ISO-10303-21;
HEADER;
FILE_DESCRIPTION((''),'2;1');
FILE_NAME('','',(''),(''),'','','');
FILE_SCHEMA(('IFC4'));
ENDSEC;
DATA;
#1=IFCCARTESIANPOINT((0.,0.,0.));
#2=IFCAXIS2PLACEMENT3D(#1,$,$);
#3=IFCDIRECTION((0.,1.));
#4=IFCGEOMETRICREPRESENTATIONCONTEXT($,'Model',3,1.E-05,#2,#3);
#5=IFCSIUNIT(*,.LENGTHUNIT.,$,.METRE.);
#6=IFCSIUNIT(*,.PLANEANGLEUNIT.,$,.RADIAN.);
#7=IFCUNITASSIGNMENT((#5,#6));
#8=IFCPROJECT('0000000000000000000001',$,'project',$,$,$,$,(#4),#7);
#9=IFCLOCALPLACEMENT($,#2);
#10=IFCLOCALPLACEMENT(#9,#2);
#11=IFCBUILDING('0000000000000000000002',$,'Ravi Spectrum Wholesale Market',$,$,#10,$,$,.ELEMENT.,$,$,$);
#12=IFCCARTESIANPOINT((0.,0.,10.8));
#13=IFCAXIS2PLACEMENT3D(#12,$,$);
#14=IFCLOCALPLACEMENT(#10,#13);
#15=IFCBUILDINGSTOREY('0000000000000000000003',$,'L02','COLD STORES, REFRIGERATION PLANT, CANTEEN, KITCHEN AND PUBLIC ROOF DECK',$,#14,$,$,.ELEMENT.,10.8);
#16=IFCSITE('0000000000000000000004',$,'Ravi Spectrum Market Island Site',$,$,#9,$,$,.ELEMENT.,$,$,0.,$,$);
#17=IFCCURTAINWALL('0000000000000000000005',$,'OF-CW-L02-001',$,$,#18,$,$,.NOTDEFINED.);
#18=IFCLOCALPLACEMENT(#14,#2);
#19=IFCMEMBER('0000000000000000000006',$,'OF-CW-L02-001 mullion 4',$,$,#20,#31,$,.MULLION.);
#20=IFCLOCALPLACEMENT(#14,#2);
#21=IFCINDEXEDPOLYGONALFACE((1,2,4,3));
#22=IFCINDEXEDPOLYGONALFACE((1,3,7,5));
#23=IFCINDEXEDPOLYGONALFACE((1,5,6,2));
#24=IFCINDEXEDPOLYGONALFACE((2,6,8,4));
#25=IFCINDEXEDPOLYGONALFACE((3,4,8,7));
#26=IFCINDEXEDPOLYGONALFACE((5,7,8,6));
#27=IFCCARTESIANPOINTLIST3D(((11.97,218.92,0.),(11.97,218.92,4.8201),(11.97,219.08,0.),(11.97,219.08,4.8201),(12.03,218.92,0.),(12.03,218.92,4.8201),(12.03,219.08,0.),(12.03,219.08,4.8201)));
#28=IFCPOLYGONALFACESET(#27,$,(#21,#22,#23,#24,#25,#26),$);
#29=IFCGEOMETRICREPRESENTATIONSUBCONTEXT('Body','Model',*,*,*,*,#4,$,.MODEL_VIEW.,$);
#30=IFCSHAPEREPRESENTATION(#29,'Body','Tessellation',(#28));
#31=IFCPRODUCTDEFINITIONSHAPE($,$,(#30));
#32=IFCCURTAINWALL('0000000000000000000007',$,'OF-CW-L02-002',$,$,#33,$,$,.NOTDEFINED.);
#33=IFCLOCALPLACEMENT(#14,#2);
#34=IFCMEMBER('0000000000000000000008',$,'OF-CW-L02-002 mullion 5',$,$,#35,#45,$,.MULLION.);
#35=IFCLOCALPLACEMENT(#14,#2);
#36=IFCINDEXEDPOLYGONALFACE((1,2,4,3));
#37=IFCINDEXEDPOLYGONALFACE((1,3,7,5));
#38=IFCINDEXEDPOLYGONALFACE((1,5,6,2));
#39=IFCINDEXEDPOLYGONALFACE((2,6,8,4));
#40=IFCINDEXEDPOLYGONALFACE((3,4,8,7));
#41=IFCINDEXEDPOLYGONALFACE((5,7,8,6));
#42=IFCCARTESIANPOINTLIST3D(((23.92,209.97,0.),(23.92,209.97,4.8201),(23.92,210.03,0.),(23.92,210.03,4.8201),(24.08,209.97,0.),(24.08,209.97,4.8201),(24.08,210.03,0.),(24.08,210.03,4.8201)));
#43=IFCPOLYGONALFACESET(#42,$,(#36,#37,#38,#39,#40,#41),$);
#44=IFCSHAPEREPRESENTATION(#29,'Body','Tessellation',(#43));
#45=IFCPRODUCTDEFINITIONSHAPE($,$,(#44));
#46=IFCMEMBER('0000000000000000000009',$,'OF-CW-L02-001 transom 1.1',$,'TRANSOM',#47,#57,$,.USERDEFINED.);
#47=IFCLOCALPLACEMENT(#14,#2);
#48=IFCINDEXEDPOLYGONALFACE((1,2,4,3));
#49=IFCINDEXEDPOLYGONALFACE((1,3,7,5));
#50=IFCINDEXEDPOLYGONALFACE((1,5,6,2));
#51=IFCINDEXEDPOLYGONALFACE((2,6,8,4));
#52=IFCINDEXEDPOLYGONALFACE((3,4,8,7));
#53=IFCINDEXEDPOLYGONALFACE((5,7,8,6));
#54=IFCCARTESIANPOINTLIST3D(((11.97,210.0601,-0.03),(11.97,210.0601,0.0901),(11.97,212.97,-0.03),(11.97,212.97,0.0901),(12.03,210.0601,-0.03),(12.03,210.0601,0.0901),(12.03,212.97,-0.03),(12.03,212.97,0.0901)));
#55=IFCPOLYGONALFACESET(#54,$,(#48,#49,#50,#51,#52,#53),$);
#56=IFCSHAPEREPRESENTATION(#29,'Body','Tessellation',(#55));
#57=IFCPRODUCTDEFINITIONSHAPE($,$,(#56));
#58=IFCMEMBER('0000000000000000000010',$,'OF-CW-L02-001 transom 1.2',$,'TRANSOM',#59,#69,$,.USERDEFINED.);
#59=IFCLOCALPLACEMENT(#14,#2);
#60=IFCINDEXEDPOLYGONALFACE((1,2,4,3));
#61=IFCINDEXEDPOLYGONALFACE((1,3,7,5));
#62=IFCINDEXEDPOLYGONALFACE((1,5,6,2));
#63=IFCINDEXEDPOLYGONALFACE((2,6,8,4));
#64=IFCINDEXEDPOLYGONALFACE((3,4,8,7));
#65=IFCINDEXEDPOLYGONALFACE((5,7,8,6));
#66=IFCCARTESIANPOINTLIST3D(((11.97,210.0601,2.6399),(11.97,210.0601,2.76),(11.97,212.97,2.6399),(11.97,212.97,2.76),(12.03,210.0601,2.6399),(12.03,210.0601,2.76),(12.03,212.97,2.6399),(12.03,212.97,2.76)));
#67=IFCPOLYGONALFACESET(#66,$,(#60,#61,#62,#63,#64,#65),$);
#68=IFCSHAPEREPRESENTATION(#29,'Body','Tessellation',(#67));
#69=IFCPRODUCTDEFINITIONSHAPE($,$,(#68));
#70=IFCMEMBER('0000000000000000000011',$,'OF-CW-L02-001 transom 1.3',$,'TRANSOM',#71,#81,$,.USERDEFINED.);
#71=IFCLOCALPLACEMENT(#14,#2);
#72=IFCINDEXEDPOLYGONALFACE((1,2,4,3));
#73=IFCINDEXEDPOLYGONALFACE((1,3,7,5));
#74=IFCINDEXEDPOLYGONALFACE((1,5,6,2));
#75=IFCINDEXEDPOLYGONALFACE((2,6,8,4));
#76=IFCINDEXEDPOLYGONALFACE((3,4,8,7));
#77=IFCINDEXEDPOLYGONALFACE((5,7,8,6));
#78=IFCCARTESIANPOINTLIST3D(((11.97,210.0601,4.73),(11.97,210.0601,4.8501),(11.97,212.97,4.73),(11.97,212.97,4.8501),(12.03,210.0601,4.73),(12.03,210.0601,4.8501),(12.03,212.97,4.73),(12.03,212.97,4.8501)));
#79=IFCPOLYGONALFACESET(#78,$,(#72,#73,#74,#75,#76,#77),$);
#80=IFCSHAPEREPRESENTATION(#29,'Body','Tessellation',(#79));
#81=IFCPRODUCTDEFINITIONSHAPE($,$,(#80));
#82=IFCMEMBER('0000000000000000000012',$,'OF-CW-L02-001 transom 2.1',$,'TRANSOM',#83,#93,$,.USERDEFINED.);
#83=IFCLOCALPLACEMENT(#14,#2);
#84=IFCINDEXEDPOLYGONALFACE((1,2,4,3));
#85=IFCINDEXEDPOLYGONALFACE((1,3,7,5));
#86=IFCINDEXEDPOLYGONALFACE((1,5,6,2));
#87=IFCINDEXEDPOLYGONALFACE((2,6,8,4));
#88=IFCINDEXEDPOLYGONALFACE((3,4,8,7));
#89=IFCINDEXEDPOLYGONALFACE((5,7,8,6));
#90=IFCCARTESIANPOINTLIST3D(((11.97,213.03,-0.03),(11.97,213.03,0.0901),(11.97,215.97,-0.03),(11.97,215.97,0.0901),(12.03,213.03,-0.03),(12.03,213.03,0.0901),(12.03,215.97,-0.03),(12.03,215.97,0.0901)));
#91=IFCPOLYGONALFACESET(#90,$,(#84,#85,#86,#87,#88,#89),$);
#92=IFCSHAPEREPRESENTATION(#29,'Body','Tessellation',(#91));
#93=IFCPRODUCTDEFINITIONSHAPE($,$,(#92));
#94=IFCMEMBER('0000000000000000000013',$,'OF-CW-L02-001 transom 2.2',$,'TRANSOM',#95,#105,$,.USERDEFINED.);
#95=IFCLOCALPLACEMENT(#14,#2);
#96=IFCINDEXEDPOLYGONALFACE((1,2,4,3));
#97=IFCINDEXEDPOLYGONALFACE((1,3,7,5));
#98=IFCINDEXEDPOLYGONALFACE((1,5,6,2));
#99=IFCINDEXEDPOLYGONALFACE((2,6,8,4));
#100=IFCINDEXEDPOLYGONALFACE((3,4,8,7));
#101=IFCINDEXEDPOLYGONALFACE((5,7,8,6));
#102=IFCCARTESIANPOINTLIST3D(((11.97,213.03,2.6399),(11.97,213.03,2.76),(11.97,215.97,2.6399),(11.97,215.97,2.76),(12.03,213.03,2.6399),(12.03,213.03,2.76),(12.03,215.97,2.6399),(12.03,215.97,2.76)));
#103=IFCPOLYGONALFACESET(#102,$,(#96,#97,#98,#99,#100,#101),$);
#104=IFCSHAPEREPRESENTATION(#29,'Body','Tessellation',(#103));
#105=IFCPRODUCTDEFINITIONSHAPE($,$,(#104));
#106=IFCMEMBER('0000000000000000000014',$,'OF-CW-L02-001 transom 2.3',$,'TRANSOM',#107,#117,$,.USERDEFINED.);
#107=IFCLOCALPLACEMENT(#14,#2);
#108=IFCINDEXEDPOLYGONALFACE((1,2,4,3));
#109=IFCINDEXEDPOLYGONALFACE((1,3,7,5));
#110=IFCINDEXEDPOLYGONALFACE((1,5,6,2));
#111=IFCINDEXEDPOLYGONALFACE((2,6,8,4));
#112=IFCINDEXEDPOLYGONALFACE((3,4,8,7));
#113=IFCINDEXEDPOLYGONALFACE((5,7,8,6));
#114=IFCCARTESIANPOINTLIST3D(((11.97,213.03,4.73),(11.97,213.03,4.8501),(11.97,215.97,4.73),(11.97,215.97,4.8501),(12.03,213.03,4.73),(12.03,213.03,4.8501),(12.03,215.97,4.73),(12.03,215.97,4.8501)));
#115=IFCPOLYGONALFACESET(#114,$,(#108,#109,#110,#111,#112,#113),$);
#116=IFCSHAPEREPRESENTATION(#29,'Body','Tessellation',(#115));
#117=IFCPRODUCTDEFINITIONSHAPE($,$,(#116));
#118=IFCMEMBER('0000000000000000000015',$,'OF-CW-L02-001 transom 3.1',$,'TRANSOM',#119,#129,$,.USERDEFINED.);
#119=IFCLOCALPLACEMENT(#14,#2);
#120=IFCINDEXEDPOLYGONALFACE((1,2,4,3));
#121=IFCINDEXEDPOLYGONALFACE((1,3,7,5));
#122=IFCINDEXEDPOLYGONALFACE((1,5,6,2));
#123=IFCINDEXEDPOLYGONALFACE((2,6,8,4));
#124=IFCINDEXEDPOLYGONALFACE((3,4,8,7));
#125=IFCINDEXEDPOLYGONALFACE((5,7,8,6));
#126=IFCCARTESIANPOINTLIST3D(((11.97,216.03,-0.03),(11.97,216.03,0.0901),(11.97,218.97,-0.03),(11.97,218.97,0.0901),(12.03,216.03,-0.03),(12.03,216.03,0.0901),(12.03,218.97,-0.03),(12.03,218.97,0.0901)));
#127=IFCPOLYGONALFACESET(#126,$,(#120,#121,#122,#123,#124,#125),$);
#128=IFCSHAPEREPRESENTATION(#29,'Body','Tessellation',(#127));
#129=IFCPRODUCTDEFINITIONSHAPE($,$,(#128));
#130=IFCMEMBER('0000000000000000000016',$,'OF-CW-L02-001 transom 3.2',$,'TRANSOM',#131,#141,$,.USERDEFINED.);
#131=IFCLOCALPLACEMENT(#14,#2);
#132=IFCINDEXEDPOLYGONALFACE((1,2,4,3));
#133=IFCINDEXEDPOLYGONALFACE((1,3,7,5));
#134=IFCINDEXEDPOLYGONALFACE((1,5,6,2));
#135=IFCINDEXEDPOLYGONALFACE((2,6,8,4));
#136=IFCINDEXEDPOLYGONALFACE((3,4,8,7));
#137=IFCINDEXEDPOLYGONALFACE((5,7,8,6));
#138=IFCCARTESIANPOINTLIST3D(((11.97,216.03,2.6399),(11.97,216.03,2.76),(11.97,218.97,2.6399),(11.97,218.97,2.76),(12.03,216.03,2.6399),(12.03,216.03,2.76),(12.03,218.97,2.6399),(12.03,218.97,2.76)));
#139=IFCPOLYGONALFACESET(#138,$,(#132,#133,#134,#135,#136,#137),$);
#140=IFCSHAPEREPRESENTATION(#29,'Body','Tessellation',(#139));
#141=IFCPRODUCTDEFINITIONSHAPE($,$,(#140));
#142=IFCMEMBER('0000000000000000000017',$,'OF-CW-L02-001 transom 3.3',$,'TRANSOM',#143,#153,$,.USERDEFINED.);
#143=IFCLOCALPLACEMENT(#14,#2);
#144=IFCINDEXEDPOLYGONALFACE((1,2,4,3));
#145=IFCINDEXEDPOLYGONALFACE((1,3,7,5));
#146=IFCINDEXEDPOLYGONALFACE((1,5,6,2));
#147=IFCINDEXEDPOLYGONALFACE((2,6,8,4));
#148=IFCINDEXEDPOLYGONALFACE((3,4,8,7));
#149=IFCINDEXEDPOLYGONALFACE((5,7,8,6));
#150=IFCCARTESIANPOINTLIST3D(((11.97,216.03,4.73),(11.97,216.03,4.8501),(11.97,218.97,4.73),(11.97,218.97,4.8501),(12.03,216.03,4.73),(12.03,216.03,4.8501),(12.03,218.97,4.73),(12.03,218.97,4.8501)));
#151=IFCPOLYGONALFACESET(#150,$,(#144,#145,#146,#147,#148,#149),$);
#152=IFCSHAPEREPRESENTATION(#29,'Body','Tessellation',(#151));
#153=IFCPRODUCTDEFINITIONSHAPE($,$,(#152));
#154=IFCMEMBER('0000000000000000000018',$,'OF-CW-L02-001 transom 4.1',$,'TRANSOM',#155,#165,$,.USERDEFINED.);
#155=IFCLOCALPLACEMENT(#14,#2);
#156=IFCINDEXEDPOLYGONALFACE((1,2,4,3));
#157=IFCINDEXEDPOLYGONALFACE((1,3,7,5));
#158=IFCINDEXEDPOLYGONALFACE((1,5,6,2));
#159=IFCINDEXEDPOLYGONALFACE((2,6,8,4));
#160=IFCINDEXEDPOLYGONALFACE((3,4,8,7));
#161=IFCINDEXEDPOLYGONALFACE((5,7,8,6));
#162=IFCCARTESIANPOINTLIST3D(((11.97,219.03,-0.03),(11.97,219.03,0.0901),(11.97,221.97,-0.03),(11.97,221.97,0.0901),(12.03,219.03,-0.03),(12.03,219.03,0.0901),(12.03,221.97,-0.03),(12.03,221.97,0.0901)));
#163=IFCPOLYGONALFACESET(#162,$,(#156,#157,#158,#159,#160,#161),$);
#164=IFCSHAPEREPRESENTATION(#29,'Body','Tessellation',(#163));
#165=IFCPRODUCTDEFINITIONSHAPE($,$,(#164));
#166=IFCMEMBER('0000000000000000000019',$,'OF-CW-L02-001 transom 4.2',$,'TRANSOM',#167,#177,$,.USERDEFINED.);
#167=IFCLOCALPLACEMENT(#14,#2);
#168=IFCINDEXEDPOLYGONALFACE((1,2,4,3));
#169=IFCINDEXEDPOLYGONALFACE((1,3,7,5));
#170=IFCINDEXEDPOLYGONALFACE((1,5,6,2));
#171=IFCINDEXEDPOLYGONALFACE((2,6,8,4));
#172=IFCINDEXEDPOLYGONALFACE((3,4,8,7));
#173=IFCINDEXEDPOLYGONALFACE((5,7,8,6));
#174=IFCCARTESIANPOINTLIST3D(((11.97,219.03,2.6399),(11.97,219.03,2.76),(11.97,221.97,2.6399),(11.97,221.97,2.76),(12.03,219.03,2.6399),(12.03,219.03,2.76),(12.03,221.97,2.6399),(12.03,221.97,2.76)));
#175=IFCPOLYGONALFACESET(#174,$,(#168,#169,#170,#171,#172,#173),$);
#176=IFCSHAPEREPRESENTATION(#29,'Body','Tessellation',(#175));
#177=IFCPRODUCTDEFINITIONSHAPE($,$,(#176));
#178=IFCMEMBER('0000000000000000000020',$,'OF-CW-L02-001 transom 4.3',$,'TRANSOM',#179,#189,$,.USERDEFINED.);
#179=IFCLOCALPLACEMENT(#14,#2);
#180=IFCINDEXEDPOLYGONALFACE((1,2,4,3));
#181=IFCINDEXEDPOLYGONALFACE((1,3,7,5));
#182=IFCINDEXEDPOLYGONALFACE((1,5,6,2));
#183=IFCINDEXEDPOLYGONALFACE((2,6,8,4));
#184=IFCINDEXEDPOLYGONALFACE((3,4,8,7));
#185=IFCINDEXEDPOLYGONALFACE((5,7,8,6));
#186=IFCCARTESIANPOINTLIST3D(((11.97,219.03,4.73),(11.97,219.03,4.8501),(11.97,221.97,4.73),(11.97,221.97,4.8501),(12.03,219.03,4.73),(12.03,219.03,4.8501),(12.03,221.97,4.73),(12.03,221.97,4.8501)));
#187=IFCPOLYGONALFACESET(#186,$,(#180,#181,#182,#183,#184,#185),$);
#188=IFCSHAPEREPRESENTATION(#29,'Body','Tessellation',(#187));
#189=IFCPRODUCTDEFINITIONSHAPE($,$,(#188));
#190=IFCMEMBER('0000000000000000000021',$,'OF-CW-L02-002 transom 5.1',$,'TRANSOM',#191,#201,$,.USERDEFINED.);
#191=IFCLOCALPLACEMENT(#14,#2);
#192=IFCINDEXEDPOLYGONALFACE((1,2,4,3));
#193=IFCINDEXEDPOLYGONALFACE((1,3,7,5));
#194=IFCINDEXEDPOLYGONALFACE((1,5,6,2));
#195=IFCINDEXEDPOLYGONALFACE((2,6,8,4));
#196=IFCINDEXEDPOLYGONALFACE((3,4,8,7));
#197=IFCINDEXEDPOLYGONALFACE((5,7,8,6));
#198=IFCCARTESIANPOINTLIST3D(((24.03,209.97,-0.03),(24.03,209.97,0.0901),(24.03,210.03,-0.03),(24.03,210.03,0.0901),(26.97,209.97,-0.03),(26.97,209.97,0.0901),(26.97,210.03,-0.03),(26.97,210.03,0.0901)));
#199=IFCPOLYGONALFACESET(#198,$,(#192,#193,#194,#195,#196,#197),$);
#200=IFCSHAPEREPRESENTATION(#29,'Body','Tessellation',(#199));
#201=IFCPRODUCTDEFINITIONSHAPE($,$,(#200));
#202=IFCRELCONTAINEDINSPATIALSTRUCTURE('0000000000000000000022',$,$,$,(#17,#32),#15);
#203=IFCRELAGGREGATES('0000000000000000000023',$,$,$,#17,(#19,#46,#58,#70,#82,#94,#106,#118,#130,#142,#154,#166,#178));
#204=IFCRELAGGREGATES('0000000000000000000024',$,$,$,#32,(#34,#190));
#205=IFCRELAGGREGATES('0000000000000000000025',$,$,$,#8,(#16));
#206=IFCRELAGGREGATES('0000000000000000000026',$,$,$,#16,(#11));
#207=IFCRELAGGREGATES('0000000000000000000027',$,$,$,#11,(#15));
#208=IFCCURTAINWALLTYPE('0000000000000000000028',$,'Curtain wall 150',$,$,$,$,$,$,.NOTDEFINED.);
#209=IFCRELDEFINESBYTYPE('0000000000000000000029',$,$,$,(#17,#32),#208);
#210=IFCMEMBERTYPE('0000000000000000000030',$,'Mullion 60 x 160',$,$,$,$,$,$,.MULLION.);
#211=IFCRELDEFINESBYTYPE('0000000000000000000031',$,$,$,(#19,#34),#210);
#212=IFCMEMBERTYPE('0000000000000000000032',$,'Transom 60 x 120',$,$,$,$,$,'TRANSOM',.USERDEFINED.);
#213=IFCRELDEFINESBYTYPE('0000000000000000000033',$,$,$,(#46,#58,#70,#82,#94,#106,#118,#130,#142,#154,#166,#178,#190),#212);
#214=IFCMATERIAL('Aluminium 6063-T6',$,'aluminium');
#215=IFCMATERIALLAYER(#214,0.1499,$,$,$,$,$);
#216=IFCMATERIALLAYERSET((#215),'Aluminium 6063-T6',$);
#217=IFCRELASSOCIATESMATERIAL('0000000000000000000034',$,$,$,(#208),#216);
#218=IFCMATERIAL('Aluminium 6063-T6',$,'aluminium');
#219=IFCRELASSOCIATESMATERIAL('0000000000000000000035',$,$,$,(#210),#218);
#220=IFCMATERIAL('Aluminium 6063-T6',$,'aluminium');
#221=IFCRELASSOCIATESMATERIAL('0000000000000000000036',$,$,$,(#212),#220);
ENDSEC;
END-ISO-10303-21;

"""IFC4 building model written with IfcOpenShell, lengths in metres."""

from ifc_helpers import new_model, si_unit, direction, frame, origin, origin_2d, place, context, subcontext, project, spatial, rectangle, extrude, material, layer, layer_set, material_profile, profile_set, type_object, element, aggregate, save


model = new_model("IFC4")

# Units and contexts
model_context = context("Model", 3, precision=1e-05, world=origin(), true_north=direction((0.0, 1.0)))
body_context = subcontext(model_context, "Body", "Model", "MODEL_VIEW")
ifc_project = project(units=[si_unit("LENGTHUNIT", "METRE"), si_unit("PLANEANGLEUNIT", "RADIAN")], contexts=[model_context])

# Site, building, storey
site_placement = place(None, origin())
site = spatial("IfcSite", under=ifc_project, at=site_placement, Name="Ravi Spectrum Market Island Site", CompositionType="ELEMENT", RefElevation=0.0)
building_placement = place(site_placement, origin())
building = spatial("IfcBuilding", under=site, at=building_placement, Name="Ravi Spectrum Wholesale Market", CompositionType="ELEMENT")
storey_placement = place(building_placement, frame((0.0, 0.0, 10.8)))
storey = spatial("IfcBuildingStorey", under=building, at=storey_placement, Name="L02", Description="COLD STORES, REFRIGERATION PLANT, CANTEEN, KITCHEN AND PUBLIC ROOF DECK", CompositionType="ELEMENT", Elevation=10.8)

# Curtain wall, member
ifc_material_1 = material(Name="Aluminium 6063-T6", Category="aluminium")
ifc_layer_1 = layer(ifc_material_1, 0.1499)
ifc_layer_set_1 = layer_set([ifc_layer_1], Name="Aluminium 6063-T6")
curtain_wall_type = type_object("IfcCurtainWallType", Name="Curtain wall 150", PredefinedType="NOTDEFINED", material=ifc_layer_set_1)
curtain_wall_1_placement = place(storey_placement, origin())
curtain_wall_1 = element("IfcCurtainWall", 1, at=curtain_wall_1_placement, inside=storey, type_object=curtain_wall_type, Name="OF-CW-L02-001", PredefinedType="NOTDEFINED")
ifc_material_2 = material(Name="Aluminium 6063-T6", Category="aluminium")
ifc_material_profile_1 = material_profile(ifc_material_2, rectangle(XDim=0.0601, YDim=0.1599, at=origin_2d()))
ifc_profile_set_1 = profile_set([ifc_material_profile_1], Name="Aluminium 6063-T6")
member_type_1 = type_object("IfcMemberType", Name="Mullion 60 x 160", PredefinedType="MULLION", material=ifc_profile_set_1)
member_1_placement = place(storey_placement, frame((12.0, 219.0, 0.0), z_axis=(0.0, 0.0, 1.0), x_axis=(-1.0, 0.0, 0.0)))
member_1 = element("IfcMember", 2, at=member_1_placement, type_object=member_type_1, Name="OF-CW-L02-001 mullion 4", PredefinedType="MULLION", context=body_context, shape_type="SweptSolid", body=[
    extrude(rectangle(XDim=0.0601, YDim=0.1599, at=origin_2d()), origin(), (0.0, 0.0, 1.0), 4.8201),
])

# Curtain wall, member
curtain_wall_2_placement = place(storey_placement, origin())
curtain_wall_2 = element("IfcCurtainWall", 3, at=curtain_wall_2_placement, inside=storey, type_object=curtain_wall_type, Name="OF-CW-L02-002", PredefinedType="NOTDEFINED")
member_2_placement = place(storey_placement, frame((24.0, 210.0, 0.0), z_axis=(0.0, 0.0, 1.0), x_axis=(0.0, 1.0, 0.0)))
member_2 = element("IfcMember", 4, at=member_2_placement, type_object=member_type_1, Name="OF-CW-L02-002 mullion 5", PredefinedType="MULLION", context=body_context, shape_type="SweptSolid", body=[
    extrude(rectangle(XDim=0.0601, YDim=0.1599, at=origin_2d()), origin(), (0.0, 0.0, 1.0), 4.8201),
])

# Members
ifc_material_3 = material(Name="Aluminium 6063-T6", Category="aluminium")
ifc_material_profile_2 = material_profile(ifc_material_3, rectangle(XDim=0.0601, YDim=0.1201, at=origin_2d()))
ifc_profile_set_2 = profile_set([ifc_material_profile_2], Name="Aluminium 6063-T6")
member_type_2 = type_object("IfcMemberType", Name="Transom 60 x 120", ElementType="TRANSOM", PredefinedType="USERDEFINED", material=ifc_profile_set_2)
member_3_placement = place(storey_placement, frame((12.0, 210.0601, 0.03), z_axis=(0.0, 1.0, 0.0), x_axis=(-1.0, 0.0, 0.0)))
member_3 = element("IfcMember", 5, at=member_3_placement, type_object=member_type_2, Name="OF-CW-L02-001 transom 1.1", ObjectType="TRANSOM", PredefinedType="USERDEFINED", context=body_context, shape_type="SweptSolid", body=[
    extrude(rectangle(XDim=0.0601, YDim=0.1201, at=origin_2d()), origin(), (0.0, 0.0, 1.0), 2.9099),
])
member_4_placement = place(storey_placement, frame((12.0, 210.0601, 2.7), z_axis=(0.0, 1.0, 0.0), x_axis=(-1.0, 0.0, 0.0)))
member_4 = element("IfcMember", 6, at=member_4_placement, type_object=member_type_2, Name="OF-CW-L02-001 transom 1.2", ObjectType="TRANSOM", PredefinedType="USERDEFINED", context=body_context, shape_type="SweptSolid", body=[
    extrude(rectangle(XDim=0.0601, YDim=0.1201, at=origin_2d()), origin(), (0.0, 0.0, 1.0), 2.9099),
])
member_5_placement = place(storey_placement, frame((12.0, 210.0601, 4.79), z_axis=(0.0, 1.0, 0.0), x_axis=(-1.0, 0.0, 0.0)))
member_5 = element("IfcMember", 7, at=member_5_placement, type_object=member_type_2, Name="OF-CW-L02-001 transom 1.3", ObjectType="TRANSOM", PredefinedType="USERDEFINED", context=body_context, shape_type="SweptSolid", body=[
    extrude(rectangle(XDim=0.0601, YDim=0.1201, at=origin_2d()), origin(), (0.0, 0.0, 1.0), 2.9099),
])
member_6_placement = place(storey_placement, frame((12.0, 213.03, 0.03), z_axis=(0.0, 1.0, 0.0), x_axis=(-1.0, 0.0, 0.0)))
member_6 = element("IfcMember", 8, at=member_6_placement, type_object=member_type_2, Name="OF-CW-L02-001 transom 2.1", ObjectType="TRANSOM", PredefinedType="USERDEFINED", context=body_context, shape_type="SweptSolid", body=[
    extrude(rectangle(XDim=0.0601, YDim=0.1201, at=origin_2d()), origin(), (0.0, 0.0, 1.0), 2.9399),
])
member_7_placement = place(storey_placement, frame((12.0, 213.03, 2.7), z_axis=(0.0, 1.0, 0.0), x_axis=(-1.0, 0.0, 0.0)))
member_7 = element("IfcMember", 9, at=member_7_placement, type_object=member_type_2, Name="OF-CW-L02-001 transom 2.2", ObjectType="TRANSOM", PredefinedType="USERDEFINED", context=body_context, shape_type="SweptSolid", body=[
    extrude(rectangle(XDim=0.0601, YDim=0.1201, at=origin_2d()), origin(), (0.0, 0.0, 1.0), 2.9399),
])
member_8_placement = place(storey_placement, frame((12.0, 213.03, 4.79), z_axis=(0.0, 1.0, 0.0), x_axis=(-1.0, 0.0, 0.0)))
member_8 = element("IfcMember", 10, at=member_8_placement, type_object=member_type_2, Name="OF-CW-L02-001 transom 2.3", ObjectType="TRANSOM", PredefinedType="USERDEFINED", context=body_context, shape_type="SweptSolid", body=[
    extrude(rectangle(XDim=0.0601, YDim=0.1201, at=origin_2d()), origin(), (0.0, 0.0, 1.0), 2.9399),
])
member_9_placement = place(storey_placement, frame((12.0, 216.03, 0.03), z_axis=(0.0, 1.0, 0.0), x_axis=(-1.0, 0.0, 0.0)))
member_9 = element("IfcMember", 11, at=member_9_placement, type_object=member_type_2, Name="OF-CW-L02-001 transom 3.1", ObjectType="TRANSOM", PredefinedType="USERDEFINED", context=body_context, shape_type="SweptSolid", body=[
    extrude(rectangle(XDim=0.0601, YDim=0.1201, at=origin_2d()), origin(), (0.0, 0.0, 1.0), 2.9399),
])
member_10_placement = place(storey_placement, frame((12.0, 216.03, 2.7), z_axis=(0.0, 1.0, 0.0), x_axis=(-1.0, 0.0, 0.0)))
member_10 = element("IfcMember", 12, at=member_10_placement, type_object=member_type_2, Name="OF-CW-L02-001 transom 3.2", ObjectType="TRANSOM", PredefinedType="USERDEFINED", context=body_context, shape_type="SweptSolid", body=[
    extrude(rectangle(XDim=0.0601, YDim=0.1201, at=origin_2d()), origin(), (0.0, 0.0, 1.0), 2.9399),
])
member_11_placement = place(storey_placement, frame((12.0, 216.03, 4.79), z_axis=(0.0, 1.0, 0.0), x_axis=(-1.0, 0.0, 0.0)))
member_11 = element("IfcMember", 13, at=member_11_placement, type_object=member_type_2, Name="OF-CW-L02-001 transom 3.3", ObjectType="TRANSOM", PredefinedType="USERDEFINED", context=body_context, shape_type="SweptSolid", body=[
    extrude(rectangle(XDim=0.0601, YDim=0.1201, at=origin_2d()), origin(), (0.0, 0.0, 1.0), 2.9399),
])
member_12_placement = place(storey_placement, frame((12.0, 219.03, 0.03), z_axis=(0.0, 1.0, 0.0), x_axis=(-1.0, 0.0, 0.0)))
member_12 = element("IfcMember", 14, at=member_12_placement, type_object=member_type_2, Name="OF-CW-L02-001 transom 4.1", ObjectType="TRANSOM", PredefinedType="USERDEFINED", context=body_context, shape_type="SweptSolid", body=[
    extrude(rectangle(XDim=0.0601, YDim=0.1201, at=origin_2d()), origin(), (0.0, 0.0, 1.0), 2.9399),
])
member_13_placement = place(storey_placement, frame((12.0, 219.03, 2.7), z_axis=(0.0, 1.0, 0.0), x_axis=(-1.0, 0.0, 0.0)))
member_13 = element("IfcMember", 15, at=member_13_placement, type_object=member_type_2, Name="OF-CW-L02-001 transom 4.2", ObjectType="TRANSOM", PredefinedType="USERDEFINED", context=body_context, shape_type="SweptSolid", body=[
    extrude(rectangle(XDim=0.0601, YDim=0.1201, at=origin_2d()), origin(), (0.0, 0.0, 1.0), 2.9399),
])
member_14_placement = place(storey_placement, frame((12.0, 219.03, 4.79), z_axis=(0.0, 1.0, 0.0), x_axis=(-1.0, 0.0, 0.0)))
member_14 = element("IfcMember", 16, at=member_14_placement, type_object=member_type_2, Name="OF-CW-L02-001 transom 4.3", ObjectType="TRANSOM", PredefinedType="USERDEFINED", context=body_context, shape_type="SweptSolid", body=[
    extrude(rectangle(XDim=0.0601, YDim=0.1201, at=origin_2d()), origin(), (0.0, 0.0, 1.0), 2.9399),
])
member_15_placement = place(storey_placement, frame((24.03, 210.0, 0.03), z_axis=(1.0, 0.0, 0.0), x_axis=(0.0, 1.0, 0.0)))
member_15 = element("IfcMember", 17, at=member_15_placement, type_object=member_type_2, Name="OF-CW-L02-002 transom 5.1", ObjectType="TRANSOM", PredefinedType="USERDEFINED", context=body_context, shape_type="SweptSolid", body=[
    extrude(rectangle(XDim=0.0601, YDim=0.1201, at=origin_2d()), origin(), (0.0, 0.0, 1.0), 2.9399),
])

aggregate(curtain_wall_1, [member_1, member_3, member_4, member_5, member_6, member_7, member_8, member_9, member_10, member_11, member_12, member_13, member_14])
aggregate(curtain_wall_2, [member_2, member_15])

save(model, "model.ifc")
